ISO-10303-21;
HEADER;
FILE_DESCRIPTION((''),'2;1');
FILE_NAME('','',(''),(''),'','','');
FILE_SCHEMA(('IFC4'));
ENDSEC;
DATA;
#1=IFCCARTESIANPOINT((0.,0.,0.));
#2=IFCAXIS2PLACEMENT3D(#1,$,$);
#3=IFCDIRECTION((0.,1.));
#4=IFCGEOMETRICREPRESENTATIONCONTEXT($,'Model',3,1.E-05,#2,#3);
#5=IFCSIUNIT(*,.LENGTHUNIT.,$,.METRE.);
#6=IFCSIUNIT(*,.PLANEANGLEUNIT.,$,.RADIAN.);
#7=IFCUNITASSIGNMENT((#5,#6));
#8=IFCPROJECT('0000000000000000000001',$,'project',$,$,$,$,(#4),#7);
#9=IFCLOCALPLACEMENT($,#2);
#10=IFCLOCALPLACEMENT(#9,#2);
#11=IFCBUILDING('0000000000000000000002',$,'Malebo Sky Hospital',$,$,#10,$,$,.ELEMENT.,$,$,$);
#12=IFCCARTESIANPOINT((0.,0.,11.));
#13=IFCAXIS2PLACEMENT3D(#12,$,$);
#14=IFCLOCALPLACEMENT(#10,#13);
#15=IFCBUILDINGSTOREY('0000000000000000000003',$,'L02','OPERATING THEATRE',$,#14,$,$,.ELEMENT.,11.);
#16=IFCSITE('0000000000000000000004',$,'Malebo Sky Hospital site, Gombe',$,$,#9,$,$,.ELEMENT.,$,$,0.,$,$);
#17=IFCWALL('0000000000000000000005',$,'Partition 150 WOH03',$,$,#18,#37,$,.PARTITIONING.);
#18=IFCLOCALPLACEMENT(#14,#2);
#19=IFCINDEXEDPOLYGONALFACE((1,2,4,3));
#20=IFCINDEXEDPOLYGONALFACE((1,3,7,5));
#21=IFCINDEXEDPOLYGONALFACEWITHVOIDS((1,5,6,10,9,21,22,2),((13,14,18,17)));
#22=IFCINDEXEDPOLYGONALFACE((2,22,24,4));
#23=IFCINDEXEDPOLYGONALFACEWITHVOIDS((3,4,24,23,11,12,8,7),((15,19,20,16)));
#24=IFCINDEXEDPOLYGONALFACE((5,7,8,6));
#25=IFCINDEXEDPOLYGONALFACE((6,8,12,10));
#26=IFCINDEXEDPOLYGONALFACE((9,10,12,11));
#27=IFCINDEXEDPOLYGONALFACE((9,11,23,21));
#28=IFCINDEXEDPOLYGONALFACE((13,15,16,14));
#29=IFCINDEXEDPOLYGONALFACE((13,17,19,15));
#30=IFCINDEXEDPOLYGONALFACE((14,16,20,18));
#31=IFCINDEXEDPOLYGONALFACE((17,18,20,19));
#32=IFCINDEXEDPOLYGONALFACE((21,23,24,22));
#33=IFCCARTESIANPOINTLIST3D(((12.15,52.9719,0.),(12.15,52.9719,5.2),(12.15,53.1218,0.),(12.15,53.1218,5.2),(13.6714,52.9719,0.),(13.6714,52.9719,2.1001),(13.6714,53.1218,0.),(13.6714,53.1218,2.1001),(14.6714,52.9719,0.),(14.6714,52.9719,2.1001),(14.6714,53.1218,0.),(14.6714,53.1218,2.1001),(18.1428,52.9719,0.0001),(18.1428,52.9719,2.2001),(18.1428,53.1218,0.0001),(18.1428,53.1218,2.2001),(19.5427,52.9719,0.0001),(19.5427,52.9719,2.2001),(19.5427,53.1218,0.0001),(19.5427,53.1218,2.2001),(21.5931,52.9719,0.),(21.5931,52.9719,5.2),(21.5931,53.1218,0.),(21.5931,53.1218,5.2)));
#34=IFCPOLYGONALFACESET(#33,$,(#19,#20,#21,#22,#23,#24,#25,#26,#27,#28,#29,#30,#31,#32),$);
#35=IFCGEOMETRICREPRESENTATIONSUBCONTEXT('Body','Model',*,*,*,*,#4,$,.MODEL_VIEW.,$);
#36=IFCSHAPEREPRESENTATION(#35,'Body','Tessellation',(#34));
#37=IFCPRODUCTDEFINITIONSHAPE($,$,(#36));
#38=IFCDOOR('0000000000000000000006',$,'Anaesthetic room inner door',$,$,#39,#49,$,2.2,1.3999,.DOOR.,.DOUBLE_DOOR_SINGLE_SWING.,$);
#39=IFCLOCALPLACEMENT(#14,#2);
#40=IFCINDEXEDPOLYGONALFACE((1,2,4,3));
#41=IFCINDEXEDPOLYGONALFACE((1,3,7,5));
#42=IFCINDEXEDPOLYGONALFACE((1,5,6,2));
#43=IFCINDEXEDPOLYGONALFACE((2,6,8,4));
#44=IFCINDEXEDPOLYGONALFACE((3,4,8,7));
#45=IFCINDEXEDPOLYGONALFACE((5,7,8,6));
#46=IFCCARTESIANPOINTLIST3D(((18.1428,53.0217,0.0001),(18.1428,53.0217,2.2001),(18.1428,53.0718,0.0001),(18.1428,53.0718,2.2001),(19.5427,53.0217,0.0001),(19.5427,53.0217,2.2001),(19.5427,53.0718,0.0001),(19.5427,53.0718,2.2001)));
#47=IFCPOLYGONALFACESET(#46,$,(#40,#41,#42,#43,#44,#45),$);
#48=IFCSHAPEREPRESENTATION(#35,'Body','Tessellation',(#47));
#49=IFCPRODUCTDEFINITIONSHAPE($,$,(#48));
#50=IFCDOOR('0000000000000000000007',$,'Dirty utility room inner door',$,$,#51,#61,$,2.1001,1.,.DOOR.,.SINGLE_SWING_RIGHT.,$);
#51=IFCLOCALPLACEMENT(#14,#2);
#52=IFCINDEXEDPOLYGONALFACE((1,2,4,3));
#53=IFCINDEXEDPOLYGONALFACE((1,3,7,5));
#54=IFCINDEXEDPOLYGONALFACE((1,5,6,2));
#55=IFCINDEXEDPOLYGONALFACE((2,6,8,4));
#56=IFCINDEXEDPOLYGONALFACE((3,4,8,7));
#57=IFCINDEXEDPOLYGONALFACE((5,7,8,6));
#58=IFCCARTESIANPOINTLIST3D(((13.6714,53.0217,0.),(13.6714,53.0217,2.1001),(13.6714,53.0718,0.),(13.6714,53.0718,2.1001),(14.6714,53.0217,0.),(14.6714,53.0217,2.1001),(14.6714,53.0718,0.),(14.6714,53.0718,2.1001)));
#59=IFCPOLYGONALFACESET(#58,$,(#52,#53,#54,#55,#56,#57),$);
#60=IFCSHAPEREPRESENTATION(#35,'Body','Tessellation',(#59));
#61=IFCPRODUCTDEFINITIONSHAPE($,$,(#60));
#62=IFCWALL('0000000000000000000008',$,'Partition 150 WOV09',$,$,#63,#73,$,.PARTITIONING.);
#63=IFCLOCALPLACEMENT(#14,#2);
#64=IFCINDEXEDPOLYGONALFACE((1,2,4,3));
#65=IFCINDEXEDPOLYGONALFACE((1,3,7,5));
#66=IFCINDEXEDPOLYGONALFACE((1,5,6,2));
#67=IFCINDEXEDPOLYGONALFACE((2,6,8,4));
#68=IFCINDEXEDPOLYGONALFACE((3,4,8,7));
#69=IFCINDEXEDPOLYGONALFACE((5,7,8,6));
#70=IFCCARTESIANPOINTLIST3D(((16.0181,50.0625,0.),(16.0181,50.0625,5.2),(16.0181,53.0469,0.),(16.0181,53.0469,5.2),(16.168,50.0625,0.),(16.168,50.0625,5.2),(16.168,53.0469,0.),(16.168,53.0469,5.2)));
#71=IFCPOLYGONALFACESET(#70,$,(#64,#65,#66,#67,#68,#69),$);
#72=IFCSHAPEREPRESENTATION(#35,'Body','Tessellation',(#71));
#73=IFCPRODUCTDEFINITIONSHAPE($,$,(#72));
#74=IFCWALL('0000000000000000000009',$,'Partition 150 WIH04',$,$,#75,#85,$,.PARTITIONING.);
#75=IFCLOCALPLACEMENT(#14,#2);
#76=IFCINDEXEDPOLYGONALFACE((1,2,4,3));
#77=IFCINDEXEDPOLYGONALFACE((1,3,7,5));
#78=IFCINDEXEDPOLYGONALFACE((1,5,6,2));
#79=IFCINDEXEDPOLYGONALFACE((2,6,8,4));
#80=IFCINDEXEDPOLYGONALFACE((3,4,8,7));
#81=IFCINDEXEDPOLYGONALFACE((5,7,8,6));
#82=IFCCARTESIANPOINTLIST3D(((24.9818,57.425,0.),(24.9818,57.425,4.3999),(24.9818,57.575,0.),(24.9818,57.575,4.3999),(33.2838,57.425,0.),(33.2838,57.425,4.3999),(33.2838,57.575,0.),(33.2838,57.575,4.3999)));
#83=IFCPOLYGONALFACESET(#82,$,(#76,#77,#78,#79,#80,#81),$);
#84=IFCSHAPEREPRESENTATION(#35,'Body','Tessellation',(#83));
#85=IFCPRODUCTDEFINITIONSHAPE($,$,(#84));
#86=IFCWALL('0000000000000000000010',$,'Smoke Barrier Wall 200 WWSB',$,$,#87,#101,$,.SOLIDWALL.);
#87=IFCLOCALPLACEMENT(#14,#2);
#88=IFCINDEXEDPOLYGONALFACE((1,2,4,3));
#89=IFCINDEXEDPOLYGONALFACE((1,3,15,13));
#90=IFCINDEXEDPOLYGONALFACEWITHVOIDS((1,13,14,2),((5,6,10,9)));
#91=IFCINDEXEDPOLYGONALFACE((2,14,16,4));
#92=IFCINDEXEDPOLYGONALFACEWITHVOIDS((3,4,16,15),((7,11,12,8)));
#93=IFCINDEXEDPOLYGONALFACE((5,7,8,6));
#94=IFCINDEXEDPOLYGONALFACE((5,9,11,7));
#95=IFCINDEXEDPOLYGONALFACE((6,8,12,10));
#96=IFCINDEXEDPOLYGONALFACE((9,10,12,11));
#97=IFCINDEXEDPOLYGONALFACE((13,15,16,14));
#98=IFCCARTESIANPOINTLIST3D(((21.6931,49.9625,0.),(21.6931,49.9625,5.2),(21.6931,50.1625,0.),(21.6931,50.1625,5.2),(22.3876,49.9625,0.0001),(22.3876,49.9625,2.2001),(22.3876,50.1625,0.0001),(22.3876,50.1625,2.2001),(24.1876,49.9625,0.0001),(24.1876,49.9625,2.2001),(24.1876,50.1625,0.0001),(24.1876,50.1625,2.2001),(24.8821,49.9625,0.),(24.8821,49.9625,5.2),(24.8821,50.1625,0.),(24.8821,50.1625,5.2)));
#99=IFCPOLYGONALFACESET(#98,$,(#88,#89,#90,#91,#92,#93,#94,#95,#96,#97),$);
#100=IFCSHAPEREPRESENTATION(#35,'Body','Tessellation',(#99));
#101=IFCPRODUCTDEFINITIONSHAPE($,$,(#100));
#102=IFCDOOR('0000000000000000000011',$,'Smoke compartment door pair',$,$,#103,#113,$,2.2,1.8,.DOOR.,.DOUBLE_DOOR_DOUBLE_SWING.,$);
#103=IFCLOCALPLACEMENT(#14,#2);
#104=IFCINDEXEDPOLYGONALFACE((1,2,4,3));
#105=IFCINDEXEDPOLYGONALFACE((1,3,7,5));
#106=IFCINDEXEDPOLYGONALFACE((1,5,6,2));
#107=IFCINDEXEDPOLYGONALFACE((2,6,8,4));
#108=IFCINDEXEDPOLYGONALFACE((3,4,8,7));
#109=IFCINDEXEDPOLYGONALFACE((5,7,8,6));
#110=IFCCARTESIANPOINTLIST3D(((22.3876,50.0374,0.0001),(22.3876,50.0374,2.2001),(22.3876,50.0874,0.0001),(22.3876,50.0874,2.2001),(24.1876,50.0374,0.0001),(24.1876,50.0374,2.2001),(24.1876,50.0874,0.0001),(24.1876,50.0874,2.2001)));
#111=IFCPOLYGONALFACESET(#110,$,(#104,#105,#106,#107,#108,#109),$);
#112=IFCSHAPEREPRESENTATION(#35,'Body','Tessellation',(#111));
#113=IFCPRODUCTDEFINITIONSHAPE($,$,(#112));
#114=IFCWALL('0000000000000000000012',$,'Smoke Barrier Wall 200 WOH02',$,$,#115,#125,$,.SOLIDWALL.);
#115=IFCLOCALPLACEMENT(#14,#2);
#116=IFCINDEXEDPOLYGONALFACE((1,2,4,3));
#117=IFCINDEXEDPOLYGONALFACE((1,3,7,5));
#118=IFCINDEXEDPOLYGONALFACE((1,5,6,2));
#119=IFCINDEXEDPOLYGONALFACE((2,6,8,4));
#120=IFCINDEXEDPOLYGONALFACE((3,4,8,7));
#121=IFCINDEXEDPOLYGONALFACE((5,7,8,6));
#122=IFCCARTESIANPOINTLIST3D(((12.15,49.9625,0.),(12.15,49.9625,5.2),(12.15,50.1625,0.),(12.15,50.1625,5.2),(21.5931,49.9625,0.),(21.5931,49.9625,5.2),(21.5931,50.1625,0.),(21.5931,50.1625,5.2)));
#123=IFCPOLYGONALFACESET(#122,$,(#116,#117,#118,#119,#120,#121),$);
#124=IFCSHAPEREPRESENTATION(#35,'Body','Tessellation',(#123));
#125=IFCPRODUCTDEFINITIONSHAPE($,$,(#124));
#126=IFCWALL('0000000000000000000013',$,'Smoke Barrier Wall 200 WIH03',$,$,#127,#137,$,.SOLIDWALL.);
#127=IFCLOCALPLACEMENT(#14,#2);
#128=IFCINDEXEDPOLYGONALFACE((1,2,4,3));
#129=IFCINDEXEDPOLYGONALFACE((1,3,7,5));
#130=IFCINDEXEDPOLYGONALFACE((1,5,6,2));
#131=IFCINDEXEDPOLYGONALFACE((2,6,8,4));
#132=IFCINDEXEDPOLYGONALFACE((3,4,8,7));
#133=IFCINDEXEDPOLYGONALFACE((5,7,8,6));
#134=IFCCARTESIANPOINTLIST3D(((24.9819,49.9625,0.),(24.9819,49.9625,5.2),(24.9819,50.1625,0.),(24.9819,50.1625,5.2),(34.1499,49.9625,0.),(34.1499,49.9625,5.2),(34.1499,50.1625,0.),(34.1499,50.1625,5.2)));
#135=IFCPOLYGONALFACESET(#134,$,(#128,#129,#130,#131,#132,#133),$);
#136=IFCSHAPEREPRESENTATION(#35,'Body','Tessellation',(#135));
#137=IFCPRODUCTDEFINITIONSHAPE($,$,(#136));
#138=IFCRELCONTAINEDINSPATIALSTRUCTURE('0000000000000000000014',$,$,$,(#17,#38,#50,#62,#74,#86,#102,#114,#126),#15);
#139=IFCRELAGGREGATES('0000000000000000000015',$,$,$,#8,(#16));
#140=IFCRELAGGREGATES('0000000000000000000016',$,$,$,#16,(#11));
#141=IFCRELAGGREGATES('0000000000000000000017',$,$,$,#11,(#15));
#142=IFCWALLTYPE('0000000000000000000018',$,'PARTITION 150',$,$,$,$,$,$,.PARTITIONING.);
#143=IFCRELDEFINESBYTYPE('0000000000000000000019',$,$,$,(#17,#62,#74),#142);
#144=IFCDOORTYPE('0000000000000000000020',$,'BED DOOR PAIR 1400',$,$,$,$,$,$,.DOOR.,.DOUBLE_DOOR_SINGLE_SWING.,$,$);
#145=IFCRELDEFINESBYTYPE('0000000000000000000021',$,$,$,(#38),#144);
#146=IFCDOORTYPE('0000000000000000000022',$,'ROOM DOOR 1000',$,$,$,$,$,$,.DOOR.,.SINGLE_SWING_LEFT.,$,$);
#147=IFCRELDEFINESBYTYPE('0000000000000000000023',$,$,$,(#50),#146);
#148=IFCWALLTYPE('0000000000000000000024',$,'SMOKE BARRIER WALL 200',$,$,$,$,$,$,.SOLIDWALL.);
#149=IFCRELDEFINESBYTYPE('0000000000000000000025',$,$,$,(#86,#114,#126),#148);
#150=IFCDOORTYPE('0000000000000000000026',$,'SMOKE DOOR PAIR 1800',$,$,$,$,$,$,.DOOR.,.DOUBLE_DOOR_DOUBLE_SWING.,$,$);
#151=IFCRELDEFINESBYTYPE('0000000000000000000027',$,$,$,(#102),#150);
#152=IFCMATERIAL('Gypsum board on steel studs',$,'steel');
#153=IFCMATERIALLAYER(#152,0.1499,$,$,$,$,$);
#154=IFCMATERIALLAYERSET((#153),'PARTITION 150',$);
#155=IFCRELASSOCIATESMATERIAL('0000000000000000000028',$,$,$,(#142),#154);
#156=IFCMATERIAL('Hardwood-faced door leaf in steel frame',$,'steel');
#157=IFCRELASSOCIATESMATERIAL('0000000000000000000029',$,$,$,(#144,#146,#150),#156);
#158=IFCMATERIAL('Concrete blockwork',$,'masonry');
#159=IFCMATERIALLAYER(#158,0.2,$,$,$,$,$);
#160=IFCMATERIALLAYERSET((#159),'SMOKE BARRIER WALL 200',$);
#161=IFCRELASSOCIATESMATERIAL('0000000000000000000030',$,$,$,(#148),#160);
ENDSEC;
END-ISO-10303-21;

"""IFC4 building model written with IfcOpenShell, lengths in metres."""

from ifc_helpers import new_model, si_unit, direction, frame, frame_2d, origin, place, context, subcontext, project, spatial, rectangle, extrude, material, layer, layer_set, type_object, element, fill, save


model = new_model("IFC4")

# Units and contexts
model_context = context("Model", 3, precision=1e-05, world=origin(), true_north=direction((0.0, 1.0)))
body_context = subcontext(model_context, "Body", "Model", "MODEL_VIEW")
ifc_project = project(units=[si_unit("LENGTHUNIT", "METRE"), si_unit("PLANEANGLEUNIT", "RADIAN")], contexts=[model_context])

# Site, building, storey
site_placement = place(None, origin())
site = spatial("IfcSite", under=ifc_project, at=site_placement, Name="Malebo Sky Hospital site, Gombe", CompositionType="ELEMENT", RefElevation=0.0)
building_placement = place(site_placement, origin())
building = spatial("IfcBuilding", under=site, at=building_placement, Name="Malebo Sky Hospital", CompositionType="ELEMENT")
storey_placement = place(building_placement, frame((0.0, 0.0, 11.0)))
storey = spatial("IfcBuildingStorey", under=building, at=storey_placement, Name="L02", Description="OPERATING THEATRE", CompositionType="ELEMENT", Elevation=11.0)

# Wall, openings, doors
ifc_material_1 = material(Name="Gypsum board on steel studs", Category="steel")
ifc_layer_1 = layer(ifc_material_1, 0.1499)
ifc_layer_set_1 = layer_set([ifc_layer_1], Name="PARTITION 150")
wall_type_1 = type_object("IfcWallType", Name="PARTITION 150", PredefinedType="PARTITIONING", material=ifc_layer_set_1)
wall_1_placement = place(storey_placement, frame((12.1499, 53.0469, 0.0), z_axis=(0.0, 0.0, 1.0), x_axis=(1.0, 0.0, 0.0)))
wall_1 = element("IfcWall", 1, at=wall_1_placement, inside=storey, type_object=wall_type_1, Name="Partition 150 WOH03", PredefinedType="PARTITIONING", context=body_context, shape_type="SweptSolid", body=[
    extrude(rectangle(XDim=9.4431, YDim=0.1499, at=frame_2d((4.7217, 0.0))), origin(), (0.0, 0.0, 1.0), 5.2),
])
opening_1_placement = place(wall_1_placement, frame((5.9929, 0.0, 0.0)))
opening_1 = element("IfcOpeningElement", 2, at=opening_1_placement, cuts=wall_1, PredefinedType="OPENING", context=body_context, shape_type="SweptSolid", body=[
    extrude(rectangle(XDim=1.3999, YDim=2.2, at=frame_2d((0.7, 1.1001))), frame((0.0, 0.085, 0.0), z_axis=(0.0, -1.0, 0.0), x_axis=(1.0, 0.0, 0.0)), (0.0, 0.0, 1.0), 0.1699),
])
opening_2_placement = place(wall_1_placement, frame((1.5215, 0.0, 0.0)))
opening_2 = element("IfcOpeningElement", 3, at=opening_2_placement, cuts=wall_1, PredefinedType="OPENING", context=body_context, shape_type="SweptSolid", body=[
    extrude(rectangle(XDim=1.0, YDim=2.1001, at=frame_2d((0.5, 1.05))), frame((0.0, 0.085, 0.0), z_axis=(0.0, -1.0, 0.0), x_axis=(1.0, 0.0, 0.0)), (0.0, 0.0, 1.0), 0.1699),
])
ifc_material_2 = material(Name="Hardwood-faced door leaf in steel frame", Category="steel")
door_type_1 = type_object("IfcDoorType", Name="BED DOOR PAIR 1400", OperationType="DOUBLE_DOOR_SINGLE_SWING", PredefinedType="DOOR", material=ifc_material_2)
door_1_placement = place(opening_1_placement, origin())
door_1 = element("IfcDoor", 4, at=door_1_placement, inside=storey, type_object=door_type_1, Name="Anaesthetic room inner door", OperationType="DOUBLE_DOOR_SINGLE_SWING", OverallHeight=2.2, OverallWidth=1.3999, PredefinedType="DOOR", context=body_context, shape_type="SweptSolid", body=[
    extrude(rectangle(XDim=1.3999, YDim=2.2, at=frame_2d((0.7, 1.1001))), frame((0.0, 0.0249, 0.0), z_axis=(0.0, -1.0, 0.0), x_axis=(1.0, 0.0, 0.0)), (0.0, 0.0, 1.0), 0.05),
])
fill(opening_1, door_1)
door_type_2 = type_object("IfcDoorType", Name="ROOM DOOR 1000", OperationType="SINGLE_SWING_LEFT", PredefinedType="DOOR", material=ifc_material_2)
door_2_placement = place(opening_2_placement, origin())
door_2 = element("IfcDoor", 5, at=door_2_placement, inside=storey, type_object=door_type_2, Name="Dirty utility room inner door", OperationType="SINGLE_SWING_RIGHT", OverallHeight=2.1001, OverallWidth=1.0, PredefinedType="DOOR", context=body_context, shape_type="SweptSolid", body=[
    extrude(rectangle(XDim=1.0, YDim=2.1001, at=frame_2d((0.5, 1.05))), frame((0.0, 0.0249, 0.0), z_axis=(0.0, -1.0, 0.0), x_axis=(1.0, 0.0, 0.0)), (0.0, 0.0, 1.0), 0.05),
])
fill(opening_2, door_2)

# Walls
wall_2_placement = place(storey_placement, frame((16.093, 50.0625, 0.0), z_axis=(0.0, 0.0, 1.0), x_axis=(0.0, 1.0, 0.0)))
element("IfcWall", 6, at=wall_2_placement, inside=storey, type_object=wall_type_1, Name="Partition 150 WOV09", PredefinedType="PARTITIONING", context=body_context, shape_type="SweptSolid", body=[
    extrude(rectangle(XDim=2.9844, YDim=0.1499, at=frame_2d((1.4922, 0.0))), origin(), (0.0, 0.0, 1.0), 5.2),
])
wall_3_placement = place(storey_placement, frame((24.9819, 57.5, 0.0), z_axis=(0.0, 0.0, 1.0), x_axis=(1.0, 0.0, 0.0)))
element("IfcWall", 7, at=wall_3_placement, inside=storey, type_object=wall_type_1, Name="Partition 150 WIH04", PredefinedType="PARTITIONING", context=body_context, shape_type="SweptSolid", body=[
    extrude(rectangle(XDim=8.302, YDim=0.1499, at=frame_2d((4.1509, 0.0))), origin(), (0.0, 0.0, 1.0), 4.3999),
])

# Wall, opening, door
ifc_material_3 = material(Name="Concrete blockwork", Category="masonry")
ifc_layer_2 = layer(ifc_material_3, 0.2)
ifc_layer_set_2 = layer_set([ifc_layer_2], Name="SMOKE BARRIER WALL 200")
wall_type_2 = type_object("IfcWallType", Name="SMOKE BARRIER WALL 200", PredefinedType="SOLIDWALL", material=ifc_layer_set_2)
wall_4_placement = place(storey_placement, frame((21.6931, 50.0625, 0.0), z_axis=(0.0, 0.0, 1.0), x_axis=(1.0, 0.0, 0.0)))
wall_4 = element("IfcWall", 8, at=wall_4_placement, inside=storey, type_object=wall_type_2, Name="Smoke Barrier Wall 200 WWSB", PredefinedType="SOLIDWALL", context=body_context, shape_type="SweptSolid", body=[
    extrude(rectangle(XDim=3.189, YDim=0.2, at=frame_2d((1.5945, 0.0))), origin(), (0.0, 0.0, 1.0), 5.2),
])
opening_3_placement = place(wall_4_placement, frame((0.6946, 0.0, 0.0)))
opening_3 = element("IfcOpeningElement", 9, at=opening_3_placement, cuts=wall_4, PredefinedType="OPENING", context=body_context, shape_type="SweptSolid", body=[
    extrude(rectangle(XDim=1.8, YDim=2.2, at=frame_2d((0.8999, 1.1001))), frame((0.0, 0.1099, 0.0), z_axis=(0.0, -1.0, 0.0), x_axis=(1.0, 0.0, 0.0)), (0.0, 0.0, 1.0), 0.22),
])
door_type_3 = type_object("IfcDoorType", Name="SMOKE DOOR PAIR 1800", OperationType="DOUBLE_DOOR_DOUBLE_SWING", PredefinedType="DOOR", material=ifc_material_2)
door_3_placement = place(opening_3_placement, origin())
door_3 = element("IfcDoor", 10, at=door_3_placement, inside=storey, type_object=door_type_3, Name="Smoke compartment door pair", OperationType="DOUBLE_DOOR_DOUBLE_SWING", OverallHeight=2.2, OverallWidth=1.8, PredefinedType="DOOR", context=body_context, shape_type="SweptSolid", body=[
    extrude(rectangle(XDim=1.8, YDim=2.2, at=frame_2d((0.8999, 1.1001))), frame((0.0, 0.0249, 0.0), z_axis=(0.0, -1.0, 0.0), x_axis=(1.0, 0.0, 0.0)), (0.0, 0.0, 1.0), 0.05),
])
fill(opening_3, door_3)

# Walls
wall_5_placement = place(storey_placement, frame((12.1499, 50.0625, 0.0), z_axis=(0.0, 0.0, 1.0), x_axis=(1.0, 0.0, 0.0)))
element("IfcWall", 11, at=wall_5_placement, inside=storey, type_object=wall_type_2, Name="Smoke Barrier Wall 200 WOH02", PredefinedType="SOLIDWALL", context=body_context, shape_type="SweptSolid", body=[
    extrude(rectangle(XDim=9.4431, YDim=0.2, at=frame_2d((4.7217, 0.0))), origin(), (0.0, 0.0, 1.0), 5.2),
])
wall_6_placement = place(storey_placement, frame((24.9819, 50.0625, 0.0), z_axis=(0.0, 0.0, 1.0), x_axis=(1.0, 0.0, 0.0)))
element("IfcWall", 12, at=wall_6_placement, inside=storey, type_object=wall_type_2, Name="Smoke Barrier Wall 200 WIH03", PredefinedType="SOLIDWALL", context=body_context, shape_type="SweptSolid", body=[
    extrude(rectangle(XDim=9.168, YDim=0.2, at=frame_2d((4.584, 0.0))), origin(), (0.0, 0.0, 1.0), 5.2),
])

save(model, "model.ifc")
